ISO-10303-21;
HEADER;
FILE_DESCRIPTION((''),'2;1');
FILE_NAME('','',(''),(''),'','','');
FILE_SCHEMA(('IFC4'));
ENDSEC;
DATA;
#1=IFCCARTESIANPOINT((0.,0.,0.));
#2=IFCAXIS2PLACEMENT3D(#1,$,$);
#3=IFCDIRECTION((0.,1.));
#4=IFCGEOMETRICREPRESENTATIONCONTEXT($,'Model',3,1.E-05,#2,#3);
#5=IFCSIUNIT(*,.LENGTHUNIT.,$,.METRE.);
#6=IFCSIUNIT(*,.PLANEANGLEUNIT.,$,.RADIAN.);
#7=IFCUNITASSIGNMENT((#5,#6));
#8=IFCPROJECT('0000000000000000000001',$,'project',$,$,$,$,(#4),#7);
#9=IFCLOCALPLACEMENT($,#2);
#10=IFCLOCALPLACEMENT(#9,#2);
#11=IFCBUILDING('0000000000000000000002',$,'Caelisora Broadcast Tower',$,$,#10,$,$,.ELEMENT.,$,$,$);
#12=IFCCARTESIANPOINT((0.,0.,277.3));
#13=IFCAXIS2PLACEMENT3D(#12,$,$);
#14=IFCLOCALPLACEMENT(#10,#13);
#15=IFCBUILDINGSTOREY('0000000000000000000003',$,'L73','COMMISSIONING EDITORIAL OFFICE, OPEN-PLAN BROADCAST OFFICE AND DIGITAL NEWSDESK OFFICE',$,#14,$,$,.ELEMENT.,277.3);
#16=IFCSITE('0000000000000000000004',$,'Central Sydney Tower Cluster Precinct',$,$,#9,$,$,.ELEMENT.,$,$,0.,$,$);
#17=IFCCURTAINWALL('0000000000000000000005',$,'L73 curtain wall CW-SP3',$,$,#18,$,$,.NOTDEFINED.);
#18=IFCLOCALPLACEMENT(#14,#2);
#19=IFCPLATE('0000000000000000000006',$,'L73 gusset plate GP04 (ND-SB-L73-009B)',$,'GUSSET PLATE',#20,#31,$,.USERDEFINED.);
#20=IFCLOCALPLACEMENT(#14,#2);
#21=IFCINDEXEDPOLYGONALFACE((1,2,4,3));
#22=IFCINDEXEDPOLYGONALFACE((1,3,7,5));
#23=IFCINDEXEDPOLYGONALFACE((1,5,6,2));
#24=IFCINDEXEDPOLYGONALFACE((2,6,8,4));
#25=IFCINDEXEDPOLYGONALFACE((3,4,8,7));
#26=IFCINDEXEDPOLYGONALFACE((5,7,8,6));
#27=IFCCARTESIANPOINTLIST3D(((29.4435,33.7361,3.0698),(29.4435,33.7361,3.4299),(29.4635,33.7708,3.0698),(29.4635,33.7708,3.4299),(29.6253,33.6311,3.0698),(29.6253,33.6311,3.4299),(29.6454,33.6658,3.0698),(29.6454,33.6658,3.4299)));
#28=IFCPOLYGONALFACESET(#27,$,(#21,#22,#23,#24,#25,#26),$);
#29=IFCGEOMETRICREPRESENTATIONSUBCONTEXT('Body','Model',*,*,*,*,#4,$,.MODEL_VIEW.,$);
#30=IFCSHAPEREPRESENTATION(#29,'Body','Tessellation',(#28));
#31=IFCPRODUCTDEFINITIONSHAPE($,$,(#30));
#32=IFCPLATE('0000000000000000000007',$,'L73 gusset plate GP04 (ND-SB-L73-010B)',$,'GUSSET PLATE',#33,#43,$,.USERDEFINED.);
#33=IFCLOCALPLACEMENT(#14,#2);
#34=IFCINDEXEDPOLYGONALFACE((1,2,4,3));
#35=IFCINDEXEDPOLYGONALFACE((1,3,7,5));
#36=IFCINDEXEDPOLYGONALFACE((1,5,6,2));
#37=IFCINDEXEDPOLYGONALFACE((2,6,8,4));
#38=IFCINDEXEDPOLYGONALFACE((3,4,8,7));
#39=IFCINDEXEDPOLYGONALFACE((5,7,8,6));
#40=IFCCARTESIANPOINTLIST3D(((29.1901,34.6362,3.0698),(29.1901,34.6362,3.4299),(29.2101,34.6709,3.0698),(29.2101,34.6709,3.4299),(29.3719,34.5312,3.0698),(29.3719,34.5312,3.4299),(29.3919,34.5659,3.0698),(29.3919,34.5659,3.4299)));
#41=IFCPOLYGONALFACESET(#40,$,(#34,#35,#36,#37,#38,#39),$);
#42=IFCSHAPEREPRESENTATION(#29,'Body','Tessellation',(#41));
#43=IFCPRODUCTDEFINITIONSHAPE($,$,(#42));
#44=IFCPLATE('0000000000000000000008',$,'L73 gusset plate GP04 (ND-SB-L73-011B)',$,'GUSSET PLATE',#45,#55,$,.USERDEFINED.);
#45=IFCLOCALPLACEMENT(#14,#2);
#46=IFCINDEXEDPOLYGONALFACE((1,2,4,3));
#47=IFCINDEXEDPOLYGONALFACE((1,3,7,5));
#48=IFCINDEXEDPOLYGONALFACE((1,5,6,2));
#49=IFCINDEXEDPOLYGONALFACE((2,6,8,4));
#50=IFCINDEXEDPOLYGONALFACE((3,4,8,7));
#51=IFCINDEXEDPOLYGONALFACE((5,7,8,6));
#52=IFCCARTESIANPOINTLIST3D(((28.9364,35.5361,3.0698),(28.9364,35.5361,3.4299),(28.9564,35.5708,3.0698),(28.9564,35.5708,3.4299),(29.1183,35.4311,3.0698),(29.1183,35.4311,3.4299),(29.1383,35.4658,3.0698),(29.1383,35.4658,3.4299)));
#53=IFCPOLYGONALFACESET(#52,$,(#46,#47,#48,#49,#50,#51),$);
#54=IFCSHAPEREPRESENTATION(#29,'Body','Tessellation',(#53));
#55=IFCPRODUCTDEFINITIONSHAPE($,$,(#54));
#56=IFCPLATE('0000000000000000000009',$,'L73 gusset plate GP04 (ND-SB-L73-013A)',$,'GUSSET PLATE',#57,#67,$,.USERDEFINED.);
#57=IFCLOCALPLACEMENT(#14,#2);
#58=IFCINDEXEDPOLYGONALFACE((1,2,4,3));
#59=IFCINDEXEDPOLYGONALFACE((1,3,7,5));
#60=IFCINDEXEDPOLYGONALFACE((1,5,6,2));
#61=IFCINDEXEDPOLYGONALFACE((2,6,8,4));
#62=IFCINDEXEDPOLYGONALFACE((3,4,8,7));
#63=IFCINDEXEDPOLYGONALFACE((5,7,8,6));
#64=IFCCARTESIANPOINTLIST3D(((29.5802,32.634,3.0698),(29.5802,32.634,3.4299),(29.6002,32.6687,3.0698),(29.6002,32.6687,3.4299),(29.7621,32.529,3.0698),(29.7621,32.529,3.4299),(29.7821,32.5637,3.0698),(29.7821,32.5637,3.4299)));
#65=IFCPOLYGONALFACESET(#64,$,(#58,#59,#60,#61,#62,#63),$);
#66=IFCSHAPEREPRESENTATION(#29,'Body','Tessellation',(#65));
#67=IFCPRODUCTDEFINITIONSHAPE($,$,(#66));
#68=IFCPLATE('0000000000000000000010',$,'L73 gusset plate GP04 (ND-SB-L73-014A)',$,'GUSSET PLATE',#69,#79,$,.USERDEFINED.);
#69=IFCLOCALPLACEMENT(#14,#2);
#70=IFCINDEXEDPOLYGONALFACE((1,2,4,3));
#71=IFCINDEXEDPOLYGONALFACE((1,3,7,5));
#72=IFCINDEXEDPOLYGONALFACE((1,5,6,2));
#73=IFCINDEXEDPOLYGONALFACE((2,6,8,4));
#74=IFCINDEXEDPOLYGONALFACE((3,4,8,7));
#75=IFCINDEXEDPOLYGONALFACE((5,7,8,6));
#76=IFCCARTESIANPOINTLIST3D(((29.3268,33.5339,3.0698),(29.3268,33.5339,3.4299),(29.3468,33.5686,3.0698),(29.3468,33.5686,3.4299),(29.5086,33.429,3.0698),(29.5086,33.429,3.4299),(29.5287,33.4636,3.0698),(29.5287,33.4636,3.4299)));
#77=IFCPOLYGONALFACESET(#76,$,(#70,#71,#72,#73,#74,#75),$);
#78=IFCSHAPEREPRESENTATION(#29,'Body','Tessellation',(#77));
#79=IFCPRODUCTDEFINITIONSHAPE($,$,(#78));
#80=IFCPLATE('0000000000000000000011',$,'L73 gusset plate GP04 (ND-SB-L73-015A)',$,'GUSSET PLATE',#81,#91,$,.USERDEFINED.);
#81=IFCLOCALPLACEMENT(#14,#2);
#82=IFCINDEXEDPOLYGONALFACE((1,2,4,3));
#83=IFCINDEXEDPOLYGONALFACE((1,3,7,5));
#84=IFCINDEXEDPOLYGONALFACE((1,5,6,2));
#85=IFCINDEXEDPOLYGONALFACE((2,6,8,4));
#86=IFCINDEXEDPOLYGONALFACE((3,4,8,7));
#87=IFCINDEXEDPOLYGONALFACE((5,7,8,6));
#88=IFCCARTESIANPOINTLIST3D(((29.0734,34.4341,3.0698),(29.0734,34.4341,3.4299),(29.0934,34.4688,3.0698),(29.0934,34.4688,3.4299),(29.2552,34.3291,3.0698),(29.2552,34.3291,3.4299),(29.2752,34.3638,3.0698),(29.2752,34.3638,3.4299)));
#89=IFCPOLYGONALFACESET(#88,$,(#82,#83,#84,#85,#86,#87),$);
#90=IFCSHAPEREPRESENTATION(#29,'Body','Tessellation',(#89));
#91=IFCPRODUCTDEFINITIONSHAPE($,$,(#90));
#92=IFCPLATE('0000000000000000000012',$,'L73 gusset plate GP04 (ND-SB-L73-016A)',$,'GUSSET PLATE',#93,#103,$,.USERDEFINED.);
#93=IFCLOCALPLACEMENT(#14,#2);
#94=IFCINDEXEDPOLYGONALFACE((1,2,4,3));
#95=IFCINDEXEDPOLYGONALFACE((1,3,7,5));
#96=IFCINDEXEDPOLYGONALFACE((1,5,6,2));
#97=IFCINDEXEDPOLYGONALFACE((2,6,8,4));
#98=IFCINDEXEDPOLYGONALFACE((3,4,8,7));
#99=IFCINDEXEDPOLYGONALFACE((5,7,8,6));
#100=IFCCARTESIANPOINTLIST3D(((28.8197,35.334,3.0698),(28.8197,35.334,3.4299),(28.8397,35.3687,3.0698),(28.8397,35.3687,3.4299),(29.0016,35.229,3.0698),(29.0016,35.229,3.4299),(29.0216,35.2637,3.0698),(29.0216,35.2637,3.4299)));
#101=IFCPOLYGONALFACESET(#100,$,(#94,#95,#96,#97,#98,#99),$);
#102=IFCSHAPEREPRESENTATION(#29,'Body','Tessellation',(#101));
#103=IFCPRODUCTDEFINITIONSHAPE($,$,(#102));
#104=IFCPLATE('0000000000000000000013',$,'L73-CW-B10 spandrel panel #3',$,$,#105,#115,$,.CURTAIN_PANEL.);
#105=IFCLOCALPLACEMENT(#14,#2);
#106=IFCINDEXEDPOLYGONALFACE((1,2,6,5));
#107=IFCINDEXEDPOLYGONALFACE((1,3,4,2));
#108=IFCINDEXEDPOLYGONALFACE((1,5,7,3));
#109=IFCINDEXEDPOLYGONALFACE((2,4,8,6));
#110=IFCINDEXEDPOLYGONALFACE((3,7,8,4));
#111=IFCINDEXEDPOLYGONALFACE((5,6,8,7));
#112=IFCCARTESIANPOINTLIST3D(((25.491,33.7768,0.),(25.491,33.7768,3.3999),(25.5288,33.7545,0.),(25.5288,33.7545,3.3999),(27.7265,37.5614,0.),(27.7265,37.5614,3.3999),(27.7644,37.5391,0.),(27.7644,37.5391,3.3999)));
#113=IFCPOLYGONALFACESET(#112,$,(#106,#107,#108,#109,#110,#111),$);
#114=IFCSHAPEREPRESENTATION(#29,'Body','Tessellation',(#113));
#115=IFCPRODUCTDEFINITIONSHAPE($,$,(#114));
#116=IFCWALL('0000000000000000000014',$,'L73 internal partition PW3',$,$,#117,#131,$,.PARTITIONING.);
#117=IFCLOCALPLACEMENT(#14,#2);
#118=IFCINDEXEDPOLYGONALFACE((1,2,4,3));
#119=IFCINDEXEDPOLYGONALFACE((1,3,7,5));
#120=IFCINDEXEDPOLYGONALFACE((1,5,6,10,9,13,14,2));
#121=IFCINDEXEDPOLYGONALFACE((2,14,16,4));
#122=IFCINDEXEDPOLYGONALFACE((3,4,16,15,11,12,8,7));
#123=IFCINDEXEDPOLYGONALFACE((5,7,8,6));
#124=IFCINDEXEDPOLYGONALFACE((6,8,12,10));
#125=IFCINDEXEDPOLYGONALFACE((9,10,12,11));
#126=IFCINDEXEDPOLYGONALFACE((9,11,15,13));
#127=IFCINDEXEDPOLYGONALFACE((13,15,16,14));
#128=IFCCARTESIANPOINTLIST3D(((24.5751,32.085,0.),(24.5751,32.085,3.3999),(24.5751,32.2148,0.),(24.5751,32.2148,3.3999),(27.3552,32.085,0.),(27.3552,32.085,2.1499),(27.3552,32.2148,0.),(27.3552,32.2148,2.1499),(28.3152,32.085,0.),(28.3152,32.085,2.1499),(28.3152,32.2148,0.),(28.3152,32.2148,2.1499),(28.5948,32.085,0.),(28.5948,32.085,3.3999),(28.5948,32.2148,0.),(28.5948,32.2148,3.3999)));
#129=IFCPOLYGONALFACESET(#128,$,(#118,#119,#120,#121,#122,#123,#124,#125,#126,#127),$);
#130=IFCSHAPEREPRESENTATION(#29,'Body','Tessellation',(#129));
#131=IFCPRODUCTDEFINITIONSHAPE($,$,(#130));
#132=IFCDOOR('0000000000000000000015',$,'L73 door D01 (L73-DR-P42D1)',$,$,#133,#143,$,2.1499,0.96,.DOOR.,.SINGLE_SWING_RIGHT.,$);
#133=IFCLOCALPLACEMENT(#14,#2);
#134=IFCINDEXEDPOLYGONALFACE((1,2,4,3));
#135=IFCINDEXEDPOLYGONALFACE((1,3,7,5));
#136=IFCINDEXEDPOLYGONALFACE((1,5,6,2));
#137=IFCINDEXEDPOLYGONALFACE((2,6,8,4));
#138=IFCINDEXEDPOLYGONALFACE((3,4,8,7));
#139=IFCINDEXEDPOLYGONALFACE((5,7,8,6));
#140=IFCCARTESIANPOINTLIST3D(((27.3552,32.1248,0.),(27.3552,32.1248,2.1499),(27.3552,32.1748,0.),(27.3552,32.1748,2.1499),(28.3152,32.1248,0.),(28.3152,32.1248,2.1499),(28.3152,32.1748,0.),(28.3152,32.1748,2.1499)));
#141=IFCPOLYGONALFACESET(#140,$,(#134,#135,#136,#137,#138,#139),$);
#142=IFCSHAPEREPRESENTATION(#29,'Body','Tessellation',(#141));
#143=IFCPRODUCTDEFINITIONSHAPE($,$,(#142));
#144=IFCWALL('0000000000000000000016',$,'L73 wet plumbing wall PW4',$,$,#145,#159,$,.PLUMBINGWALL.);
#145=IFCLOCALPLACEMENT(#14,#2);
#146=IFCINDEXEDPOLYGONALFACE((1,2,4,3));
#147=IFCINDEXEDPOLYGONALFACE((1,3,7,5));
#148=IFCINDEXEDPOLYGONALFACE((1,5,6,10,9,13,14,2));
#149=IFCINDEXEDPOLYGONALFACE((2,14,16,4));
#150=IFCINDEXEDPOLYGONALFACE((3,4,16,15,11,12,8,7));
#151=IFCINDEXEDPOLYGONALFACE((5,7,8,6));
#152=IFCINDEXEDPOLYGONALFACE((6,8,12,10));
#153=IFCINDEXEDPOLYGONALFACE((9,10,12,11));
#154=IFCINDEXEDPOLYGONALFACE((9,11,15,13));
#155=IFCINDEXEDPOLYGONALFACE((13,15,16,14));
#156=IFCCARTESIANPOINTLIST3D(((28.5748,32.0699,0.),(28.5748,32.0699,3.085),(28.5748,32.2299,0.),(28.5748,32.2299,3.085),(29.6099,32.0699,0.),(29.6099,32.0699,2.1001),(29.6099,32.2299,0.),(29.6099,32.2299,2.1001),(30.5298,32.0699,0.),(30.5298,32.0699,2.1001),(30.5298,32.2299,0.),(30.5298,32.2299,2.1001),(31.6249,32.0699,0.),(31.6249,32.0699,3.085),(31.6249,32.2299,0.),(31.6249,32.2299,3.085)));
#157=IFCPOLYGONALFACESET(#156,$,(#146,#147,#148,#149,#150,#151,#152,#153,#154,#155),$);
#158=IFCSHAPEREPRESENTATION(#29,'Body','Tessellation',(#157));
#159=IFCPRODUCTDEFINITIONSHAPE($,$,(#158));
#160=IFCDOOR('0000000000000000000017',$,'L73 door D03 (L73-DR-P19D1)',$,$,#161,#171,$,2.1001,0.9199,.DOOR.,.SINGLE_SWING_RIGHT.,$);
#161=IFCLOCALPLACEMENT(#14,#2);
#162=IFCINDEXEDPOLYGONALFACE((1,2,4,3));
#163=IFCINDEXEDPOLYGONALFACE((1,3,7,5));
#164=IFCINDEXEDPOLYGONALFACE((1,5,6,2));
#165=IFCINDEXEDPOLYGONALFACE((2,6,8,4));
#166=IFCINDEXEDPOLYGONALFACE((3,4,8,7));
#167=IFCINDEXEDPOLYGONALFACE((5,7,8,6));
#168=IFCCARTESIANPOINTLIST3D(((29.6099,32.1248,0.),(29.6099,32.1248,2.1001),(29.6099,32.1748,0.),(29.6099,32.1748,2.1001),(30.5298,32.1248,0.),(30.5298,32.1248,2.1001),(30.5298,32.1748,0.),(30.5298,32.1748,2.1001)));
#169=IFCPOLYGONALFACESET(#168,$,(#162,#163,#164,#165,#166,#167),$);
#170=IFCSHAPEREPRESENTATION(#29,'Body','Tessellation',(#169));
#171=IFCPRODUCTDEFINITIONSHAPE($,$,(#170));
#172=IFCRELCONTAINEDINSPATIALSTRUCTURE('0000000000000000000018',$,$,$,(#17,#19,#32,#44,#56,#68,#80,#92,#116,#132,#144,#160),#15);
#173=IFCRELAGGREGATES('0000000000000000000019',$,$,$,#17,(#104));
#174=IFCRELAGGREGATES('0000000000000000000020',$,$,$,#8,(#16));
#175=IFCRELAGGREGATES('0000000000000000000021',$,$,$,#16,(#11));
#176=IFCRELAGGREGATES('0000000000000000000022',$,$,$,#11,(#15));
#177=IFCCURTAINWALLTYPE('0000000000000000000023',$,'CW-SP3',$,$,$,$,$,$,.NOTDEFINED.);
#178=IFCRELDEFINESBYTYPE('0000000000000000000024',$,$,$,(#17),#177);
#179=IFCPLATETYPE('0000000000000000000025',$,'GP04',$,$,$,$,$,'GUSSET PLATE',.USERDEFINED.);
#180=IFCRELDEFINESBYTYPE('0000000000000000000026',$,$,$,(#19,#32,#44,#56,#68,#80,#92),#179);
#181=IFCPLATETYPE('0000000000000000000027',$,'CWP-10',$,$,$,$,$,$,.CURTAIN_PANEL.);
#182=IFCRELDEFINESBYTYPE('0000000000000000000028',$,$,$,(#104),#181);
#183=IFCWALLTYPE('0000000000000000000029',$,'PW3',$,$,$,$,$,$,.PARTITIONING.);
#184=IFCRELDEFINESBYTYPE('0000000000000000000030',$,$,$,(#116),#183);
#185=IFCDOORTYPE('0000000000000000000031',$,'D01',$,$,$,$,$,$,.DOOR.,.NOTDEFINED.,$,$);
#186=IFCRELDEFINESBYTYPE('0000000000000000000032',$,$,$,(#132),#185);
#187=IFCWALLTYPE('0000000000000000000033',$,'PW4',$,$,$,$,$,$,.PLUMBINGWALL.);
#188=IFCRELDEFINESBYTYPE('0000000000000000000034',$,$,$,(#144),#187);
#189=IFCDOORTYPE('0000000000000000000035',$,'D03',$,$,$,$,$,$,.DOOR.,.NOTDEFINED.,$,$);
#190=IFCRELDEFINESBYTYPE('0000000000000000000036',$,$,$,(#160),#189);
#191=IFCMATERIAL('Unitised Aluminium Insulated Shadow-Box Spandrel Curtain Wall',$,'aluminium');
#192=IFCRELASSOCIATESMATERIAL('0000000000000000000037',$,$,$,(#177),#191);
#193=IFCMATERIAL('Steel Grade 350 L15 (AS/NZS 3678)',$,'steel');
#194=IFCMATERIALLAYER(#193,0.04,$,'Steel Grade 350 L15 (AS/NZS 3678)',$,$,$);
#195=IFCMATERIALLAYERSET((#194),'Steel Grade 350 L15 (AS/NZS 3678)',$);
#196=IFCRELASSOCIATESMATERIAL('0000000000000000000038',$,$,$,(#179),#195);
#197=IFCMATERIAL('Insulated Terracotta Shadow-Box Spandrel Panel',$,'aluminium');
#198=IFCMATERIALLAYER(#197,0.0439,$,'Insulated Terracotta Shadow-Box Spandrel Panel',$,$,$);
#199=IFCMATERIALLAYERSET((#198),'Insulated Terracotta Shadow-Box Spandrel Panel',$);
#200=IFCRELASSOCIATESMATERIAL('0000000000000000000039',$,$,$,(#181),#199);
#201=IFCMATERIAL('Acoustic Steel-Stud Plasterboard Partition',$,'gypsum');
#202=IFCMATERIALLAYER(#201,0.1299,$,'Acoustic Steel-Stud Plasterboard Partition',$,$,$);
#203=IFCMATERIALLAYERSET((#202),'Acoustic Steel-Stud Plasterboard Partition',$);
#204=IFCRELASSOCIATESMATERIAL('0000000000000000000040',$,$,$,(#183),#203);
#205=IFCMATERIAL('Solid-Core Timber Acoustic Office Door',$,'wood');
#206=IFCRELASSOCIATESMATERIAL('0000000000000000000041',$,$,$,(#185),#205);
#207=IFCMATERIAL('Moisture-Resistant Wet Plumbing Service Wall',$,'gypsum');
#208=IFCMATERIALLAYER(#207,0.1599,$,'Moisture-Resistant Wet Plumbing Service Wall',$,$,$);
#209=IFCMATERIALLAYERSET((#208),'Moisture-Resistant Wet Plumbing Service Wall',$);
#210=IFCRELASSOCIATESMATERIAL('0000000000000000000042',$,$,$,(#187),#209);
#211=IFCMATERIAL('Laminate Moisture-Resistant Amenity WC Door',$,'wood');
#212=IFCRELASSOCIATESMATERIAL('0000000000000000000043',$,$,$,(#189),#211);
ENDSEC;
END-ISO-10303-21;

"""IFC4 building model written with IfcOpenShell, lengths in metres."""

from ifc_helpers import new_model, si_unit, direction, frame, frame_2d, origin, origin_2d, place, context, subcontext, project, spatial, rectangle, extrude, source, transform, mapped, material, layer, layer_set, type_object, type_shapes, element, fill, aggregate, save


model = new_model("IFC4")

# Units and contexts
model_context = context("Model", 3, precision=1e-05, world=origin(), true_north=direction((0.0, 1.0)))
body_context = subcontext(model_context, "Body", "Model", "MODEL_VIEW")
ifc_project = project(units=[si_unit("LENGTHUNIT", "METRE"), si_unit("PLANEANGLEUNIT", "RADIAN")], contexts=[model_context])

# Site, building, storey
site_placement = place(None, origin())
site = spatial("IfcSite", under=ifc_project, at=site_placement, Name="Central Sydney Tower Cluster Precinct", CompositionType="ELEMENT", RefElevation=0.0)
building_placement = place(site_placement, origin())
building = spatial("IfcBuilding", under=site, at=building_placement, Name="Caelisora Broadcast Tower", CompositionType="ELEMENT")
storey_placement = place(building_placement, frame((0.0, 0.0, 277.3)))
storey = spatial("IfcBuildingStorey", under=building, at=storey_placement, Name="L73", Description="COMMISSIONING EDITORIAL OFFICE, OPEN-PLAN BROADCAST OFFICE AND DIGITAL NEWSDESK OFFICE", CompositionType="ELEMENT", Elevation=277.3)

# Curtain wall
ifc_material_1 = material(Name="Unitised Aluminium Insulated Shadow-Box Spandrel Curtain Wall", Category="aluminium")
curtain_wall_type = type_object("IfcCurtainWallType", Name="CW-SP3", PredefinedType="NOTDEFINED", material=ifc_material_1)
curtain_wall_placement = place(storey_placement, origin())
curtain_wall = element("IfcCurtainWall", 1, at=curtain_wall_placement, inside=storey, type_object=curtain_wall_type, Name="L73 curtain wall CW-SP3", PredefinedType="NOTDEFINED")

# Plates
ifc_material_2 = material(Name="Steel Grade 350 L15 (AS/NZS 3678)", Category="steel")
ifc_layer_1 = layer(ifc_material_2, 0.04, Name="Steel Grade 350 L15 (AS/NZS 3678)")
ifc_layer_set_1 = layer_set([ifc_layer_1], Name="Steel Grade 350 L15 (AS/NZS 3678)")
plate_type_1 = type_object("IfcPlateType", Name="GP04", ElementType="GUSSET PLATE", PredefinedType="USERDEFINED", material=ifc_layer_set_1)
shared_shape_1 = source(origin(), body_context, "Body", "SweptSolid", [
    extrude(rectangle(XDim=0.21, YDim=0.04, at=origin_2d()), origin(), (0.0, 0.0, 1.0), 0.3601),
])
type_shapes(plate_type_1, [shared_shape_1])
for number, where, z_axis, x_axis, name in (
    (2, (29.5444, 33.7009, 3.0698), (0.0, 0.0, 1.0), (0.866025, -0.5, 0.0), "L73 gusset plate GP04 (ND-SB-L73-009B)"),
    (3, (29.291, 34.6011, 3.0698), (0.0, 0.0, 1.0), (0.866025, -0.5, 0.0), "L73 gusset plate GP04 (ND-SB-L73-010B)"),
    (4, (29.0374, 35.501, 3.0698), (0.0, 0.0, 1.0), (0.866025, -0.5, 0.0), "L73 gusset plate GP04 (ND-SB-L73-011B)"),
    (5, (29.6812, 32.5989, 3.0698), (0.0, 0.0, 1.0), (0.866025, -0.5, 0.0), "L73 gusset plate GP04 (ND-SB-L73-013A)"),
    (6, (29.4277, 33.4988, 3.0698), (0.0, 0.0, 1.0), (0.866025, -0.5, 0.0), "L73 gusset plate GP04 (ND-SB-L73-014A)"),
    (7, (29.1743, 34.3989, 3.0698), (0.0, 0.0, 1.0), (0.866025, -0.5, 0.0), "L73 gusset plate GP04 (ND-SB-L73-015A)"),
    (8, (28.9207, 35.2988, 3.0698), (0.0, 0.0, 1.0), (0.866025, -0.5, 0.0), "L73 gusset plate GP04 (ND-SB-L73-016A)"),
):
    element("IfcPlate", number, at=place(storey_placement, frame(where, z_axis=z_axis, x_axis=x_axis)), inside=storey, type_object=plate_type_1, Name=name, ObjectType="GUSSET PLATE", PredefinedType="USERDEFINED", context=body_context, shape_type="MappedRepresentation", body=[
        mapped(shared_shape_1, transform((0.0, 0.0, 0.0), scale=1.0)),
    ])

# Plate
ifc_material_3 = material(Name="Insulated Terracotta Shadow-Box Spandrel Panel", Category="aluminium")
ifc_layer_2 = layer(ifc_material_3, 0.0439, Name="Insulated Terracotta Shadow-Box Spandrel Panel")
ifc_layer_set_2 = layer_set([ifc_layer_2], Name="Insulated Terracotta Shadow-Box Spandrel Panel")
plate_type_2 = type_object("IfcPlateType", Name="CWP-10", PredefinedType="CURTAIN_PANEL", material=ifc_layer_set_2)
shared_shape_2 = source(origin(), body_context, "Body", "SweptSolid", [
    extrude(rectangle(XDim=4.3955, YDim=0.0439, at=origin_2d()), origin(), (0.0, 0.0, 1.0), 3.3999),
])
type_shapes(plate_type_2, [shared_shape_2])
plate_placement = place(storey_placement, frame((26.6277, 35.658, 0.0), z_axis=(0.0, 0.0, 1.0), x_axis=(0.508591, 0.861008, 0.0)))
plate = element("IfcPlate", 9, at=plate_placement, type_object=plate_type_2, Name="L73-CW-B10 spandrel panel #3", PredefinedType="CURTAIN_PANEL", context=body_context, shape_type="MappedRepresentation", body=[
    mapped(shared_shape_2, transform((0.0, 0.0, 0.0), scale=1.0)),
])
aggregate(curtain_wall, [plate])

# Walls, openings, doors
ifc_material_4 = material(Name="Acoustic Steel-Stud Plasterboard Partition", Category="gypsum")
ifc_layer_3 = layer(ifc_material_4, 0.1299, Name="Acoustic Steel-Stud Plasterboard Partition")
ifc_layer_set_3 = layer_set([ifc_layer_3], Name="Acoustic Steel-Stud Plasterboard Partition")
wall_type_1 = type_object("IfcWallType", Name="PW3", PredefinedType="PARTITIONING", material=ifc_layer_set_3)
wall_1_placement = place(storey_placement, frame((24.5752, 32.1499, 0.0), z_axis=(0.0, 0.0, 1.0), x_axis=(1.0, 0.0, 0.0)))
wall_1 = element("IfcWall", 10, at=wall_1_placement, inside=storey, type_object=wall_type_1, Name="L73 internal partition PW3", PredefinedType="PARTITIONING", context=body_context, shape_type="SweptSolid", body=[
    extrude(rectangle(XDim=4.0198, YDim=0.1299, at=frame_2d((2.0098, 0.0))), origin(), (0.0, 0.0, 1.0), 3.3999),
])
opening_1_placement = place(wall_1_placement, frame((2.78, 0.0, 0.0)))
opening_1 = element("IfcOpeningElement", 11, at=opening_1_placement, cuts=wall_1, PredefinedType="OPENING", context=body_context, shape_type="SweptSolid", body=[
    extrude(rectangle(XDim=0.96, YDim=2.1499, at=frame_2d((0.48, 1.075))), frame((0.0, 0.0769, 0.0), z_axis=(0.0, -1.0, 0.0), x_axis=(1.0, 0.0, 0.0)), (0.0, 0.0, 1.0), 0.1538),
])
ifc_material_5 = material(Name="Solid-Core Timber Acoustic Office Door", Category="wood")
door_type_1 = type_object("IfcDoorType", Name="D01", OperationType="NOTDEFINED", PredefinedType="DOOR", material=ifc_material_5)
door_1_placement = place(opening_1_placement, origin())
door_1 = element("IfcDoor", 12, at=door_1_placement, inside=storey, type_object=door_type_1, Name="L73 door D01 (L73-DR-P42D1)", OperationType="SINGLE_SWING_RIGHT", OverallHeight=2.1499, OverallWidth=0.96, PredefinedType="DOOR", context=body_context, shape_type="SweptSolid", body=[
    extrude(rectangle(XDim=0.96, YDim=2.1499, at=frame_2d((0.48, 1.075))), frame((0.0, 0.0249, 0.0), z_axis=(0.0, -1.0, 0.0), x_axis=(1.0, 0.0, 0.0)), (0.0, 0.0, 1.0), 0.05),
])
fill(opening_1, door_1)
ifc_material_6 = material(Name="Moisture-Resistant Wet Plumbing Service Wall", Category="gypsum")
ifc_layer_4 = layer(ifc_material_6, 0.1599, Name="Moisture-Resistant Wet Plumbing Service Wall")
ifc_layer_set_4 = layer_set([ifc_layer_4], Name="Moisture-Resistant Wet Plumbing Service Wall")
wall_type_2 = type_object("IfcWallType", Name="PW4", PredefinedType="PLUMBINGWALL", material=ifc_layer_set_4)
wall_2_placement = place(storey_placement, frame((28.575, 32.1499, 0.0), z_axis=(0.0, 0.0, 1.0), x_axis=(1.0, 0.0, 0.0)))
wall_2 = element("IfcWall", 13, at=wall_2_placement, inside=storey, type_object=wall_type_2, Name="L73 wet plumbing wall PW4", PredefinedType="PLUMBINGWALL", context=body_context, shape_type="SweptSolid", body=[
    extrude(rectangle(XDim=3.05, YDim=0.1599, at=frame_2d((1.5249, 0.0))), origin(), (0.0, 0.0, 1.0), 3.085),
])
opening_2_placement = place(wall_2_placement, frame((1.0349, 0.0, 0.0)))
opening_2 = element("IfcOpeningElement", 14, at=opening_2_placement, cuts=wall_2, PredefinedType="OPENING", context=body_context, shape_type="SweptSolid", body=[
    extrude(rectangle(XDim=0.9199, YDim=2.1001, at=frame_2d((0.46, 1.05))), frame((0.0, 0.092, 0.0), z_axis=(0.0, -1.0, 0.0), x_axis=(1.0, 0.0, 0.0)), (0.0, 0.0, 1.0), 0.1838),
])
ifc_material_7 = material(Name="Laminate Moisture-Resistant Amenity WC Door", Category="wood")
door_type_2 = type_object("IfcDoorType", Name="D03", OperationType="NOTDEFINED", PredefinedType="DOOR", material=ifc_material_7)
door_2_placement = place(opening_2_placement, origin())
door_2 = element("IfcDoor", 15, at=door_2_placement, inside=storey, type_object=door_type_2, Name="L73 door D03 (L73-DR-P19D1)", OperationType="SINGLE_SWING_RIGHT", OverallHeight=2.1001, OverallWidth=0.9199, PredefinedType="DOOR", context=body_context, shape_type="SweptSolid", body=[
    extrude(rectangle(XDim=0.9199, YDim=2.1001, at=frame_2d((0.46, 1.05))), frame((0.0, 0.0249, 0.0), z_axis=(0.0, -1.0, 0.0), x_axis=(1.0, 0.0, 0.0)), (0.0, 0.0, 1.0), 0.05),
])
fill(opening_2, door_2)

save(model, "model.ifc")
